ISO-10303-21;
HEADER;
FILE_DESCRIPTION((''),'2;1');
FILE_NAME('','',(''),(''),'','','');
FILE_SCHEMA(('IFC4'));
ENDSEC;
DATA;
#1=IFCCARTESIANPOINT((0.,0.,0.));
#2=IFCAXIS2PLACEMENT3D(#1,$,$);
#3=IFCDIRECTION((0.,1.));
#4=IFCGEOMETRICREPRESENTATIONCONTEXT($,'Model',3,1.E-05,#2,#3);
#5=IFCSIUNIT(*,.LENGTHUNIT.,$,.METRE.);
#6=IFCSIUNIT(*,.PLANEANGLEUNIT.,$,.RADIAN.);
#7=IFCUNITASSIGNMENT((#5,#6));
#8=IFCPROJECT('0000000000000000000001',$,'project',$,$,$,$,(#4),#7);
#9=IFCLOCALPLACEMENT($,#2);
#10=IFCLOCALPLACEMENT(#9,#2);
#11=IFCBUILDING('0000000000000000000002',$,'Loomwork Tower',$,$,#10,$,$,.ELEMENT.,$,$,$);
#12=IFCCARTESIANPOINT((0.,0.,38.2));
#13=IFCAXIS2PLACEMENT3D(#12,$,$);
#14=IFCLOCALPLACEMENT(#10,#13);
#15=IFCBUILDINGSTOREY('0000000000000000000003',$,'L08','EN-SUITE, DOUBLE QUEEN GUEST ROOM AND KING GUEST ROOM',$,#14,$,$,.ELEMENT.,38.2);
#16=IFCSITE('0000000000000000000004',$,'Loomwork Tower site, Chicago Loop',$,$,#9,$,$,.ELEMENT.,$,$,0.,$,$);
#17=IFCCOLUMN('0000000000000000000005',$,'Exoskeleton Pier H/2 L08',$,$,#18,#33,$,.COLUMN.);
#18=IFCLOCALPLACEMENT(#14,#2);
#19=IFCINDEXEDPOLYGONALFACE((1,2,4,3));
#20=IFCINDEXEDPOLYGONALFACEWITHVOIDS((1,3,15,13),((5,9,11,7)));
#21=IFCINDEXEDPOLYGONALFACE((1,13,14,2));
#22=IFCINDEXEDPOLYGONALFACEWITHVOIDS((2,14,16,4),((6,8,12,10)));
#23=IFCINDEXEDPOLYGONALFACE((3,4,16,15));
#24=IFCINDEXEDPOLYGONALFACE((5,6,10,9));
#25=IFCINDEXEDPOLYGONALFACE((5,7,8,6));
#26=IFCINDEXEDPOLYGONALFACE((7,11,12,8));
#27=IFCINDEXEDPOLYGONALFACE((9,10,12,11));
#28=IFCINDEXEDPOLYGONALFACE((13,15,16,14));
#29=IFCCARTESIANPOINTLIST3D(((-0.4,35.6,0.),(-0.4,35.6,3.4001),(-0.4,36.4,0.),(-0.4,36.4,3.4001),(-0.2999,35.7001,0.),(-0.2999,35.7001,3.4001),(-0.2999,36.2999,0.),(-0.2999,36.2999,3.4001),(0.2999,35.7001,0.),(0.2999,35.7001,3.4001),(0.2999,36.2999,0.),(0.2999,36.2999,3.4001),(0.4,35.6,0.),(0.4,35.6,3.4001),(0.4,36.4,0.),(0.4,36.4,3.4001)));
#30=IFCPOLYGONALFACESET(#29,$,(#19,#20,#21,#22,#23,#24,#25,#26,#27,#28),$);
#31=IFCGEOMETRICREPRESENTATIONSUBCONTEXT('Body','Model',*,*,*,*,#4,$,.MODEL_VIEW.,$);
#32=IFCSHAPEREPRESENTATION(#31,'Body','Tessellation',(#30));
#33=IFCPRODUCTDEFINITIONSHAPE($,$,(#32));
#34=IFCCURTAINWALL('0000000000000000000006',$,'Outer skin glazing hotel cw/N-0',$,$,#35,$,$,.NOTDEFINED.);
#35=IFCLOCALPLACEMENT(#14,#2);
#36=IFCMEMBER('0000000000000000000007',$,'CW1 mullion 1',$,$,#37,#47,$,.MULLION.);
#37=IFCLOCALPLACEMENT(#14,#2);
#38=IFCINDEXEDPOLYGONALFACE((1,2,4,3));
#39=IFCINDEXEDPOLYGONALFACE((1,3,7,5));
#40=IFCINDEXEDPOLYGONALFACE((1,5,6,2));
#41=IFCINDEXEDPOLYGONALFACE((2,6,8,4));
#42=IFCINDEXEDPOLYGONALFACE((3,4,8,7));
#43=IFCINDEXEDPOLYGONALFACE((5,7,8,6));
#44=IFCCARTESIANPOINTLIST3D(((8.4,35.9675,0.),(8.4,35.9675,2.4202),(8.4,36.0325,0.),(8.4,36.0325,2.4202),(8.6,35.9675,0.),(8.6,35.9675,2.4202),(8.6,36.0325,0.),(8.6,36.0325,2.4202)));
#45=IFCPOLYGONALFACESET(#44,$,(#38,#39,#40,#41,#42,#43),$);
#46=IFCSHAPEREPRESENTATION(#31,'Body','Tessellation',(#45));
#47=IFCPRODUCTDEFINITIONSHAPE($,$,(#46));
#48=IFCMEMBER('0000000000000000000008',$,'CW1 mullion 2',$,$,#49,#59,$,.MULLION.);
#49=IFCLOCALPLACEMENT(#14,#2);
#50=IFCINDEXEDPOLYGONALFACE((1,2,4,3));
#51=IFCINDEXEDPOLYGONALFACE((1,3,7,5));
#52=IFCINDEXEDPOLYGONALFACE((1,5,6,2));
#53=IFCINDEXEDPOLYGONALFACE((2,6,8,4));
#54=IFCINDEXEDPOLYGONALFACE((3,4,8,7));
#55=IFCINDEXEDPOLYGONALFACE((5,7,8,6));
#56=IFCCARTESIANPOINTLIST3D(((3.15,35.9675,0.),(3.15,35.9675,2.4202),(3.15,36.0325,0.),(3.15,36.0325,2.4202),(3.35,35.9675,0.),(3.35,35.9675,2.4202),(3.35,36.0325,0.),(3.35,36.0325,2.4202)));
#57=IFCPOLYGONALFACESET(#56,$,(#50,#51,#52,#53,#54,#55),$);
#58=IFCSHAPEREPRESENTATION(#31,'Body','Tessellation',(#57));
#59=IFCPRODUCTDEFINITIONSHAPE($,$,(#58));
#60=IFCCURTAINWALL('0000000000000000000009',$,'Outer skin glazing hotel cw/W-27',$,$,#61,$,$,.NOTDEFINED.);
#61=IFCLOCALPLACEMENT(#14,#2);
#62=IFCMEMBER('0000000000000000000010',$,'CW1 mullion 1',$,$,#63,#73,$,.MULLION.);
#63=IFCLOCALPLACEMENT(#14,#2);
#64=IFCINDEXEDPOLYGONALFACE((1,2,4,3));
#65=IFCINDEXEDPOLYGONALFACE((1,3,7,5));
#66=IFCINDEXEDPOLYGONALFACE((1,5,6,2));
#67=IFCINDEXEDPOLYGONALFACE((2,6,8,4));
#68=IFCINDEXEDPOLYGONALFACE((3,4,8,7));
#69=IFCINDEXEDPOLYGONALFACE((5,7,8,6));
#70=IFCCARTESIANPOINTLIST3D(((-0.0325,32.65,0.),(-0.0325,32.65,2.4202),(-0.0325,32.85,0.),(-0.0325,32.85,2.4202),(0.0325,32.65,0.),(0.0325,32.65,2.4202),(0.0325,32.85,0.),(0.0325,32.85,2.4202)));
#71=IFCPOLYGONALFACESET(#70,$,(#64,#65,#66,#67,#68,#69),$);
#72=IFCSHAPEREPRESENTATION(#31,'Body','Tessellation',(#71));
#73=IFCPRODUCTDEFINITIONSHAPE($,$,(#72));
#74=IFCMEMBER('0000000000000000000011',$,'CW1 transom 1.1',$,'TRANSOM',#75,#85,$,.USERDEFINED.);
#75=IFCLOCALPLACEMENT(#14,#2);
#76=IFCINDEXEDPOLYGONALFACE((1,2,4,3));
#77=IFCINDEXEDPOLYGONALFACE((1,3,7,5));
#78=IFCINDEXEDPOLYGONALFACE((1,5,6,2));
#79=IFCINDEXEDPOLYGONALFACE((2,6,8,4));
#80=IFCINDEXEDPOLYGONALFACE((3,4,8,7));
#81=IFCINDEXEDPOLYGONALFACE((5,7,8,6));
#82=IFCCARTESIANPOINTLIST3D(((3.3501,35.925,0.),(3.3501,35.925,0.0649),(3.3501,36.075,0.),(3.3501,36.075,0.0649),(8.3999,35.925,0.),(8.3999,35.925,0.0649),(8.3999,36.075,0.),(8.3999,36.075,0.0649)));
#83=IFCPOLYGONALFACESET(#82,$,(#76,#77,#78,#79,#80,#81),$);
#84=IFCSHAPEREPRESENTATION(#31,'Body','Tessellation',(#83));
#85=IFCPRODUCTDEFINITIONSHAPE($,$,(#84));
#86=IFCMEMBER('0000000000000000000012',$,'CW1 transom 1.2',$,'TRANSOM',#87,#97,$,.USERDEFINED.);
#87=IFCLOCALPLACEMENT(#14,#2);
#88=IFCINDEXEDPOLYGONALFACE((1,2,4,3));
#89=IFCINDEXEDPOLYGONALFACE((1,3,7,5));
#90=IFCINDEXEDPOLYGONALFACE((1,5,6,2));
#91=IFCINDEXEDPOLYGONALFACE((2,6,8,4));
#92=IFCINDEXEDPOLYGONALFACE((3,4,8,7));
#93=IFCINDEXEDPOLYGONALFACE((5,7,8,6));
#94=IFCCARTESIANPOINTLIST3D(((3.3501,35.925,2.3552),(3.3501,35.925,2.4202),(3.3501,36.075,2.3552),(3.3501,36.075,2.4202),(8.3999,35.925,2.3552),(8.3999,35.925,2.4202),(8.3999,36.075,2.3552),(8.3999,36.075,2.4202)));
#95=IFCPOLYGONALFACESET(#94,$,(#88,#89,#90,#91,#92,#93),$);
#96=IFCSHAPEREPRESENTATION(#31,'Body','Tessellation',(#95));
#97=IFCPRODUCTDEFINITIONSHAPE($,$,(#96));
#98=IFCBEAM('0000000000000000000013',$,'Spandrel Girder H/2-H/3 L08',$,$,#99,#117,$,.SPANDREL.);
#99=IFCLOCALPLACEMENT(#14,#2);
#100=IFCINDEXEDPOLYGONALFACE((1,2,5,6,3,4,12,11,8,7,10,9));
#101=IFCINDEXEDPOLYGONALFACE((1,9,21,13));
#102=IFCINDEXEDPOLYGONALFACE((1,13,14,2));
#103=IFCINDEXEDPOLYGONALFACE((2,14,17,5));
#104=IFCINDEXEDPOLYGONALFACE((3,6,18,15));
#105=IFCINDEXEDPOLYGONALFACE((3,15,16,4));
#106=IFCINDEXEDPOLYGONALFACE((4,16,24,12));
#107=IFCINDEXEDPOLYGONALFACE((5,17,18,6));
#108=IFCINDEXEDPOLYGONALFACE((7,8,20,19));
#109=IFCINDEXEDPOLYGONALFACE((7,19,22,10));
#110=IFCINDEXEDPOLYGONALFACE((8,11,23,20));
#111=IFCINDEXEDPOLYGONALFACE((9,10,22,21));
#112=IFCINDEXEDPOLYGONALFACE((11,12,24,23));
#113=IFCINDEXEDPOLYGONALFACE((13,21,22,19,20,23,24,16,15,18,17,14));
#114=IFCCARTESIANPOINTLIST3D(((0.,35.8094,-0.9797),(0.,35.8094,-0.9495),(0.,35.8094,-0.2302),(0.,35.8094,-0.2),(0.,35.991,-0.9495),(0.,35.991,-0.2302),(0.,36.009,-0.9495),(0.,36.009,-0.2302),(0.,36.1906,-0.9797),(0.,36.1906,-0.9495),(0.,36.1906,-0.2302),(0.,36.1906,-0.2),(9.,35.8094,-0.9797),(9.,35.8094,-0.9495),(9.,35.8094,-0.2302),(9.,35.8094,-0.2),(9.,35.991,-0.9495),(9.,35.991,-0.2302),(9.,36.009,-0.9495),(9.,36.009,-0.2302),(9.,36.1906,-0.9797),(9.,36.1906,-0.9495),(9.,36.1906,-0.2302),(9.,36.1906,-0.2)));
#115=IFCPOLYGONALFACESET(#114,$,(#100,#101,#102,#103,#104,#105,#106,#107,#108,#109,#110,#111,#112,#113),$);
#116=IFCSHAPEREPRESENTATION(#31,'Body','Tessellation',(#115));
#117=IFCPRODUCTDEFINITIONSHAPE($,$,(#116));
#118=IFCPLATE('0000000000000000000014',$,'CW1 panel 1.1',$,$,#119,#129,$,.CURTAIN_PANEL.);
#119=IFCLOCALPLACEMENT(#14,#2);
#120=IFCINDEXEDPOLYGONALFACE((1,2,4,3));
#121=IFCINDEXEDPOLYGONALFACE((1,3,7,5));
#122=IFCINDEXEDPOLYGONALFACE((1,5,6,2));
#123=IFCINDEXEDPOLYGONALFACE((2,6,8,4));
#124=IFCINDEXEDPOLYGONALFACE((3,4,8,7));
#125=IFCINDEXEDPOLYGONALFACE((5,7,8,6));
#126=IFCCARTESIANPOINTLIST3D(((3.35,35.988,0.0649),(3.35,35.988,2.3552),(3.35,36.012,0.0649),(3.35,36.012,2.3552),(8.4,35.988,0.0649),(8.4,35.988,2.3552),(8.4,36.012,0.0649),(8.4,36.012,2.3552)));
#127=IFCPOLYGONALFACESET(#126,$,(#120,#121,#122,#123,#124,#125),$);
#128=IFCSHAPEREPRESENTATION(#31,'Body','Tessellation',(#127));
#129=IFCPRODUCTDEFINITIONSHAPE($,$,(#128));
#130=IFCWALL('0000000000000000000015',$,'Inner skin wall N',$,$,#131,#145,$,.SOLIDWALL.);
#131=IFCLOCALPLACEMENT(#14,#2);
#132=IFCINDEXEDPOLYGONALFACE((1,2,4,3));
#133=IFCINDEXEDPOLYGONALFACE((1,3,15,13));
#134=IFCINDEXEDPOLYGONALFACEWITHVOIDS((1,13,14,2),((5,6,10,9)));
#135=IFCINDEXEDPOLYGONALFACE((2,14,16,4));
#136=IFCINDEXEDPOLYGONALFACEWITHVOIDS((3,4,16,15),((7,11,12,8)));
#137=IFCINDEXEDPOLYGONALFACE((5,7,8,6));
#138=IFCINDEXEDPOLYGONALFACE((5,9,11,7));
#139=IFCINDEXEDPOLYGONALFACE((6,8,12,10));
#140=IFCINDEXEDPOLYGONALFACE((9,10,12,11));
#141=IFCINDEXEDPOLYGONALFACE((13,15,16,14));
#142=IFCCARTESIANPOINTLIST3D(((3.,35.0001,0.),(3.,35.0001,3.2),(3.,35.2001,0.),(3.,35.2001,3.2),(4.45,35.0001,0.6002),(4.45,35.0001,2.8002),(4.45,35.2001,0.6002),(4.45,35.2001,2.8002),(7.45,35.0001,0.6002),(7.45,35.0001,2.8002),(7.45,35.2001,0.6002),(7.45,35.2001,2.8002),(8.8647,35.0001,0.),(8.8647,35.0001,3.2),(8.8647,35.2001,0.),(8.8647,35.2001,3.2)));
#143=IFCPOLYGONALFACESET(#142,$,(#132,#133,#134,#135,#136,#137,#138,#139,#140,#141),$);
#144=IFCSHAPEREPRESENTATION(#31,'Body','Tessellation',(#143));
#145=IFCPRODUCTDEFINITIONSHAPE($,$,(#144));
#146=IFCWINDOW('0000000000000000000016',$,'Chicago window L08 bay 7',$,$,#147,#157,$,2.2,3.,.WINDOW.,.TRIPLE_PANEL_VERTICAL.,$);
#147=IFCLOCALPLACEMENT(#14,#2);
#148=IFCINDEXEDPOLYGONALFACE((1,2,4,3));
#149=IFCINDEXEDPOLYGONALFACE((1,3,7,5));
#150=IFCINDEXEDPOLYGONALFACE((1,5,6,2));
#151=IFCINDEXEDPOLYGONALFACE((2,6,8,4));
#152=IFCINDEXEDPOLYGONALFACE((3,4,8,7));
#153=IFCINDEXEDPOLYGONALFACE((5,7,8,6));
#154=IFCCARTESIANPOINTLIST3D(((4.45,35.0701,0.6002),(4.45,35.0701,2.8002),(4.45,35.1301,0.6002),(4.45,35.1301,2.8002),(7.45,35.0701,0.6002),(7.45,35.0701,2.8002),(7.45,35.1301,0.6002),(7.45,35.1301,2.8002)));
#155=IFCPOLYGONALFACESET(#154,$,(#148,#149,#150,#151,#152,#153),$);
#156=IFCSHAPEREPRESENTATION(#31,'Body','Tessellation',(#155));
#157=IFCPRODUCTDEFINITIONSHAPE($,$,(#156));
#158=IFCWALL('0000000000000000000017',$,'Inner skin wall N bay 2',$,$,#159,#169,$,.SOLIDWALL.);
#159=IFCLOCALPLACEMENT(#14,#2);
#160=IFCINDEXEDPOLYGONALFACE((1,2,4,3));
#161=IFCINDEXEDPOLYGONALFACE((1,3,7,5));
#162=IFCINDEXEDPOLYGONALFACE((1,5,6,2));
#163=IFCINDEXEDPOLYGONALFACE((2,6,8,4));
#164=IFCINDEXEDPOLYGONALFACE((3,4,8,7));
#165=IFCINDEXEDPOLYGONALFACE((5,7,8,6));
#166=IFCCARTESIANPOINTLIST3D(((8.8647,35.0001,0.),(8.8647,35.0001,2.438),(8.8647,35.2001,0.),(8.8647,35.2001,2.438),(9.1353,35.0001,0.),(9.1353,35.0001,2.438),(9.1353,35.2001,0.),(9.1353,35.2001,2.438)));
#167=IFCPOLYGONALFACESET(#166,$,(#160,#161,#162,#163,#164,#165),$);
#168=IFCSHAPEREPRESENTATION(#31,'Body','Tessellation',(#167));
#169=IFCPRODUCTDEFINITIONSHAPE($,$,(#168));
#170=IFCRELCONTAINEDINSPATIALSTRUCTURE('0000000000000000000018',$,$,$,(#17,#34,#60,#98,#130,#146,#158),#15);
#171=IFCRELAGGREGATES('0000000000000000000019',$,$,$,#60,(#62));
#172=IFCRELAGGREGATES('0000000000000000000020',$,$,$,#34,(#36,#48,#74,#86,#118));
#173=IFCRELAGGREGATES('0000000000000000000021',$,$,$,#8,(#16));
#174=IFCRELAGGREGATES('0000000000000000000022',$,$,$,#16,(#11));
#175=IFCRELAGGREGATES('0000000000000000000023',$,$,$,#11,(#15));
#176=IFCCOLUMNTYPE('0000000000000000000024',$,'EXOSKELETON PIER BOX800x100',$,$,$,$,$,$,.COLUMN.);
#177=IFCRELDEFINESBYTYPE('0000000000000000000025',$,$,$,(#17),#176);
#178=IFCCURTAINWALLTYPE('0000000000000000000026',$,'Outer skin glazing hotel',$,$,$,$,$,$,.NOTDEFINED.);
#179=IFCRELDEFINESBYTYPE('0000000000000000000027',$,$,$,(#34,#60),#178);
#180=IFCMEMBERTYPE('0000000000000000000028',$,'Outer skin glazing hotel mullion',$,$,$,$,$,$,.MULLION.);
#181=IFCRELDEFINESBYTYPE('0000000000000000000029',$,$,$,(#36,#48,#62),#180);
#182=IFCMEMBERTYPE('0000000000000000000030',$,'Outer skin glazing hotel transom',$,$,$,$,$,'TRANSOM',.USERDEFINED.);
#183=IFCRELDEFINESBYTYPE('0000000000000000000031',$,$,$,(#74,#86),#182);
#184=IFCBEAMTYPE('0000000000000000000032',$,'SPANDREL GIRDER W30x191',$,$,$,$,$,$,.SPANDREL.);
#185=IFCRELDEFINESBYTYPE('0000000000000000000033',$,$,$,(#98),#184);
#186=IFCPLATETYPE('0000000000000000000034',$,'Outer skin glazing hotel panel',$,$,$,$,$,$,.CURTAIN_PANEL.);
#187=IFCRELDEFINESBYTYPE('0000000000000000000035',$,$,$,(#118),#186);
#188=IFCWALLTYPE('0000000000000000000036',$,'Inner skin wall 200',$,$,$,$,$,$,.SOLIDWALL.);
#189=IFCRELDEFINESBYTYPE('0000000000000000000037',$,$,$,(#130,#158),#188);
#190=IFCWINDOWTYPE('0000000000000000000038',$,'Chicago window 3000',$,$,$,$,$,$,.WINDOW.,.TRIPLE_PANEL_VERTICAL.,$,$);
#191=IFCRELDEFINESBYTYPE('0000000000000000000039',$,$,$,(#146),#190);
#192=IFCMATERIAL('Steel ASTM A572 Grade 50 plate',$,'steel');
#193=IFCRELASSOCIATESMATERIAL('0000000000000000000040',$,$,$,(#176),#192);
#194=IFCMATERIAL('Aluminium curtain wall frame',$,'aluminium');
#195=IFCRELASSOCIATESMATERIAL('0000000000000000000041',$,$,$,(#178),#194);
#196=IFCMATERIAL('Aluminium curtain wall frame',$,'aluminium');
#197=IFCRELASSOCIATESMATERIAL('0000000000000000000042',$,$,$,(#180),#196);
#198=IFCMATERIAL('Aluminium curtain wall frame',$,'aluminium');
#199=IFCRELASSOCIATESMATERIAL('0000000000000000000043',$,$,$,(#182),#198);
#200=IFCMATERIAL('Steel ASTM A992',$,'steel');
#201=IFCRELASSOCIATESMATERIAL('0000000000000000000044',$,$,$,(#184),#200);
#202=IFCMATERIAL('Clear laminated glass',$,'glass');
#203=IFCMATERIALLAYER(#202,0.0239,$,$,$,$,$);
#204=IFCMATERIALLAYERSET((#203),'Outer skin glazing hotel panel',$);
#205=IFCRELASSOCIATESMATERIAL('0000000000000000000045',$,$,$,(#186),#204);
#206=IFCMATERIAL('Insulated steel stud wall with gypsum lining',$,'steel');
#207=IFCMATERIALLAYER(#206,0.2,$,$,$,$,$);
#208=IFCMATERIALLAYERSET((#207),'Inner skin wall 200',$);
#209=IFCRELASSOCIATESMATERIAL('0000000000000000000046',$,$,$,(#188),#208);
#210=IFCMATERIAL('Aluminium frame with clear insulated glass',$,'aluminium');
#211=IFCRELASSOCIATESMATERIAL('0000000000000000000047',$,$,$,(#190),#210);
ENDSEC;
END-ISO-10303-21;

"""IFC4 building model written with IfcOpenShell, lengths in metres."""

from ifc_helpers import new_model, si_unit, direction, frame, frame_2d, origin, origin_2d, place, context, subcontext, project, spatial, rectangle, hollow_rectangle, i_section, extrude, material, layer, layer_set, material_profile, profile_set, type_object, element, fill, aggregate, save


model = new_model("IFC4")

# Units and contexts
model_context = context("Model", 3, precision=1e-05, world=origin(), true_north=direction((0.0, 1.0)))
body_context = subcontext(model_context, "Body", "Model", "MODEL_VIEW")
ifc_project = project(units=[si_unit("LENGTHUNIT", "METRE"), si_unit("PLANEANGLEUNIT", "RADIAN")], contexts=[model_context])

# Site, building, storey
site_placement = place(None, origin())
site = spatial("IfcSite", under=ifc_project, at=site_placement, Name="Loomwork Tower site, Chicago Loop", CompositionType="ELEMENT", RefElevation=0.0)
building_placement = place(site_placement, origin())
building = spatial("IfcBuilding", under=site, at=building_placement, Name="Loomwork Tower", CompositionType="ELEMENT")
storey_placement = place(building_placement, frame((0.0, 0.0, 38.2)))
storey = spatial("IfcBuildingStorey", under=building, at=storey_placement, Name="L08", Description="EN-SUITE, DOUBLE QUEEN GUEST ROOM AND KING GUEST ROOM", CompositionType="ELEMENT", Elevation=38.2)

# Column
ifc_material_1 = material(Name="Steel ASTM A572 Grade 50 plate", Category="steel")
ifc_material_profile_1 = material_profile(ifc_material_1, hollow_rectangle(XDim=0.8, YDim=0.8, WallThickness=0.1001, at=origin_2d()), Name="BOX800x100")
ifc_profile_set_1 = profile_set([ifc_material_profile_1], Name="Steel ASTM A572 Grade 50 plate")
column_type = type_object("IfcColumnType", Name="EXOSKELETON PIER BOX800x100", PredefinedType="COLUMN", material=ifc_profile_set_1)
column_placement = place(storey_placement, frame((0.0, 36.0, 0.0), z_axis=(0.0, 0.0, 1.0), x_axis=(1.0, 0.0, 0.0)))
element("IfcColumn", 1, at=column_placement, inside=storey, type_object=column_type, Name="Exoskeleton Pier H/2 L08", PredefinedType="COLUMN", context=body_context, shape_type="SweptSolid", body=[
    extrude(hollow_rectangle(XDim=0.8, YDim=0.8, WallThickness=0.1001, at=origin_2d()), origin(), (0.0, 0.0, 1.0), 3.4001),
])

# Curtain wall, members
ifc_material_2 = material(Name="Aluminium curtain wall frame", Category="aluminium")
curtain_wall_type = type_object("IfcCurtainWallType", Name="Outer skin glazing hotel", PredefinedType="NOTDEFINED", material=ifc_material_2)
curtain_wall_1_placement = place(storey_placement, origin())
curtain_wall_1 = element("IfcCurtainWall", 2, at=curtain_wall_1_placement, inside=storey, type_object=curtain_wall_type, Name="Outer skin glazing hotel cw/N-0", PredefinedType="NOTDEFINED")
ifc_material_3 = material(Name="Aluminium curtain wall frame", Category="aluminium")
ifc_material_profile_2 = material_profile(ifc_material_3, rectangle(XDim=0.0649, YDim=0.2, at=origin_2d()), Name="AL 65x200")
ifc_profile_set_2 = profile_set([ifc_material_profile_2], Name="Aluminium curtain wall frame")
member_type_1 = type_object("IfcMemberType", Name="Outer skin glazing hotel mullion", PredefinedType="MULLION", material=ifc_profile_set_2)
member_1_placement = place(storey_placement, frame((8.5, 36.0, 0.0), z_axis=(0.0, 0.0, 1.0), x_axis=(0.0, -1.0, 0.0)))
member_1 = element("IfcMember", 3, at=member_1_placement, type_object=member_type_1, Name="CW1 mullion 1", PredefinedType="MULLION", context=body_context, shape_type="SweptSolid", body=[
    extrude(rectangle(XDim=0.0649, YDim=0.2, at=origin_2d()), origin(), (0.0, 0.0, 1.0), 2.4202),
])
member_2_placement = place(storey_placement, frame((3.25, 36.0, 0.0), z_axis=(0.0, 0.0, 1.0), x_axis=(0.0, -1.0, 0.0)))
member_2 = element("IfcMember", 4, at=member_2_placement, type_object=member_type_1, Name="CW1 mullion 2", PredefinedType="MULLION", context=body_context, shape_type="SweptSolid", body=[
    extrude(rectangle(XDim=0.0649, YDim=0.2, at=origin_2d()), origin(), (0.0, 0.0, 1.0), 2.4202),
])

# Curtain wall, member
curtain_wall_2_placement = place(storey_placement, origin())
curtain_wall_2 = element("IfcCurtainWall", 5, at=curtain_wall_2_placement, inside=storey, type_object=curtain_wall_type, Name="Outer skin glazing hotel cw/W-27", PredefinedType="NOTDEFINED")
member_3_placement = place(storey_placement, frame((0.0, 32.75, 0.0), z_axis=(0.0, 0.0, 1.0), x_axis=(1.0, 0.0, 0.0)))
member_3 = element("IfcMember", 6, at=member_3_placement, type_object=member_type_1, Name="CW1 mullion 1", PredefinedType="MULLION", context=body_context, shape_type="SweptSolid", body=[
    extrude(rectangle(XDim=0.0649, YDim=0.2, at=origin_2d()), origin(), (0.0, 0.0, 1.0), 2.4202),
])
aggregate(curtain_wall_2, [member_3])

# Members
ifc_material_4 = material(Name="Aluminium curtain wall frame", Category="aluminium")
ifc_material_profile_3 = material_profile(ifc_material_4, rectangle(XDim=0.1499, YDim=0.0649, at=origin_2d()), Name="AL 65x150")
ifc_profile_set_3 = profile_set([ifc_material_profile_3], Name="Aluminium curtain wall frame")
member_type_2 = type_object("IfcMemberType", Name="Outer skin glazing hotel transom", ElementType="TRANSOM", PredefinedType="USERDEFINED", material=ifc_profile_set_3)
member_4_placement = place(storey_placement, frame((8.3999, 36.0, 0.0325), z_axis=(-1.0, 0.0, 0.0), x_axis=(0.0, -1.0, 0.0)))
member_4 = element("IfcMember", 7, at=member_4_placement, type_object=member_type_2, Name="CW1 transom 1.1", ObjectType="TRANSOM", PredefinedType="USERDEFINED", context=body_context, shape_type="SweptSolid", body=[
    extrude(rectangle(XDim=0.1499, YDim=0.0649, at=origin_2d()), origin(), (0.0, 0.0, 1.0), 5.0498),
])
member_5_placement = place(storey_placement, frame((8.3999, 36.0, 2.3877), z_axis=(-1.0, 0.0, 0.0), x_axis=(0.0, -1.0, 0.0)))
member_5 = element("IfcMember", 8, at=member_5_placement, type_object=member_type_2, Name="CW1 transom 1.2", ObjectType="TRANSOM", PredefinedType="USERDEFINED", context=body_context, shape_type="SweptSolid", body=[
    extrude(rectangle(XDim=0.1499, YDim=0.0649, at=origin_2d()), origin(), (0.0, 0.0, 1.0), 5.0498),
])

# Beam
ifc_material_5 = material(Name="Steel ASTM A992", Category="steel")
ifc_material_profile_4 = material_profile(ifc_material_5, i_section(OverallWidth=0.3811, OverallDepth=0.7798, WebThickness=0.0181, FlangeThickness=0.0303, at=origin_2d()), Name="W30x191")
ifc_profile_set_4 = profile_set([ifc_material_profile_4], Name="Steel ASTM A992")
beam_type = type_object("IfcBeamType", Name="SPANDREL GIRDER W30x191", PredefinedType="SPANDREL", material=ifc_profile_set_4)
beam_placement = place(storey_placement, frame((0.0, 36.0, -0.5898), z_axis=(1.0, 0.0, 0.0), x_axis=(0.0, 1.0, 0.0)))
element("IfcBeam", 9, at=beam_placement, inside=storey, type_object=beam_type, Name="Spandrel Girder H/2-H/3 L08", PredefinedType="SPANDREL", context=body_context, shape_type="SweptSolid", body=[
    extrude(i_section(OverallWidth=0.3811, OverallDepth=0.7798, WebThickness=0.0181, FlangeThickness=0.0303, at=origin_2d()), origin(), (0.0, 0.0, 1.0), 9.0),
])

# Plate
ifc_material_6 = material(Name="Clear laminated glass", Category="glass")
ifc_layer_1 = layer(ifc_material_6, 0.0239)
ifc_layer_set_1 = layer_set([ifc_layer_1], Name="Outer skin glazing hotel panel")
plate_type = type_object("IfcPlateType", Name="Outer skin glazing hotel panel", PredefinedType="CURTAIN_PANEL", material=ifc_layer_set_1)
plate_placement = place(storey_placement, frame((5.875, 36.0, 0.0649), z_axis=(0.0, 0.0, 1.0), x_axis=(-1.0, 0.0, 0.0)))
plate = element("IfcPlate", 10, at=plate_placement, type_object=plate_type, Name="CW1 panel 1.1", PredefinedType="CURTAIN_PANEL", context=body_context, shape_type="SweptSolid", body=[
    extrude(rectangle(XDim=5.05, YDim=0.0239, at=origin_2d()), origin(), (0.0, 0.0, 1.0), 2.2903),
])
aggregate(curtain_wall_1, [member_1, member_2, member_4, member_5, plate])

# Wall, opening, window
ifc_material_7 = material(Name="Insulated steel stud wall with gypsum lining", Category="steel")
ifc_layer_2 = layer(ifc_material_7, 0.2)
ifc_layer_set_2 = layer_set([ifc_layer_2], Name="Inner skin wall 200")
wall_type_1 = type_object("IfcWallType", Name="Inner skin wall 200", PredefinedType="SOLIDWALL", material=ifc_layer_set_2)
wall_1_placement = place(storey_placement, frame((3.0, 35.1001, 0.0), z_axis=(0.0, 0.0, 1.0), x_axis=(1.0, 0.0, 0.0)))
wall_1 = element("IfcWall", 11, at=wall_1_placement, inside=storey, type_object=wall_type_1, Name="Inner skin wall N", PredefinedType="SOLIDWALL", context=body_context, shape_type="SweptSolid", body=[
    extrude(rectangle(XDim=5.8647, YDim=0.2, at=frame_2d((2.9324, 0.0))), origin(), (0.0, 0.0, 1.0), 3.2),
])
opening_1_placement = place(wall_1_placement, frame((1.45, 0.0, 0.6001)))
opening_1 = element("IfcOpeningElement", 12, at=opening_1_placement, cuts=wall_1, PredefinedType="OPENING", context=body_context, shape_type="SweptSolid", body=[
    extrude(rectangle(XDim=3.0, YDim=2.2, at=frame_2d((1.5, 1.1001))), frame((0.0, 0.1099, 0.0), z_axis=(0.0, -1.0, 0.0), x_axis=(1.0, 0.0, 0.0)), (0.0, 0.0, 1.0), 0.22),
])
ifc_material_8 = material(Name="Aluminium frame with clear insulated glass", Category="aluminium")
window_type_1 = type_object("IfcWindowType", Name="Chicago window 3000", PartitioningType="TRIPLE_PANEL_VERTICAL", PredefinedType="WINDOW", material=ifc_material_8)
window_1_placement = place(opening_1_placement, origin())
window_1 = element("IfcWindow", 13, at=window_1_placement, inside=storey, type_object=window_type_1, Name="Chicago window L08 bay 7", OverallHeight=2.2, OverallWidth=3.0, PartitioningType="TRIPLE_PANEL_VERTICAL", PredefinedType="WINDOW", context=body_context, shape_type="SweptSolid", body=[
    extrude(rectangle(XDim=3.0, YDim=2.2, at=frame_2d((1.5, 1.1001))), frame((0.0, 0.03, 0.0), z_axis=(0.0, -1.0, 0.0), x_axis=(1.0, 0.0, 0.0)), (0.0, 0.0, 1.0), 0.0601),
])
fill(opening_1, window_1)

# Wall
wall_2_placement = place(storey_placement, frame((8.8647, 35.1001, 0.0), z_axis=(0.0, 0.0, 1.0), x_axis=(1.0, 0.0, 0.0)))
element("IfcWall", 14, at=wall_2_placement, inside=storey, type_object=wall_type_1, Name="Inner skin wall N bay 2", PredefinedType="SOLIDWALL", context=body_context, shape_type="SweptSolid", body=[
    extrude(rectangle(XDim=0.2705, YDim=0.2, at=frame_2d((0.1353, 0.0))), origin(), (0.0, 0.0, 1.0), 2.438),
])

save(model, "model.ifc")
